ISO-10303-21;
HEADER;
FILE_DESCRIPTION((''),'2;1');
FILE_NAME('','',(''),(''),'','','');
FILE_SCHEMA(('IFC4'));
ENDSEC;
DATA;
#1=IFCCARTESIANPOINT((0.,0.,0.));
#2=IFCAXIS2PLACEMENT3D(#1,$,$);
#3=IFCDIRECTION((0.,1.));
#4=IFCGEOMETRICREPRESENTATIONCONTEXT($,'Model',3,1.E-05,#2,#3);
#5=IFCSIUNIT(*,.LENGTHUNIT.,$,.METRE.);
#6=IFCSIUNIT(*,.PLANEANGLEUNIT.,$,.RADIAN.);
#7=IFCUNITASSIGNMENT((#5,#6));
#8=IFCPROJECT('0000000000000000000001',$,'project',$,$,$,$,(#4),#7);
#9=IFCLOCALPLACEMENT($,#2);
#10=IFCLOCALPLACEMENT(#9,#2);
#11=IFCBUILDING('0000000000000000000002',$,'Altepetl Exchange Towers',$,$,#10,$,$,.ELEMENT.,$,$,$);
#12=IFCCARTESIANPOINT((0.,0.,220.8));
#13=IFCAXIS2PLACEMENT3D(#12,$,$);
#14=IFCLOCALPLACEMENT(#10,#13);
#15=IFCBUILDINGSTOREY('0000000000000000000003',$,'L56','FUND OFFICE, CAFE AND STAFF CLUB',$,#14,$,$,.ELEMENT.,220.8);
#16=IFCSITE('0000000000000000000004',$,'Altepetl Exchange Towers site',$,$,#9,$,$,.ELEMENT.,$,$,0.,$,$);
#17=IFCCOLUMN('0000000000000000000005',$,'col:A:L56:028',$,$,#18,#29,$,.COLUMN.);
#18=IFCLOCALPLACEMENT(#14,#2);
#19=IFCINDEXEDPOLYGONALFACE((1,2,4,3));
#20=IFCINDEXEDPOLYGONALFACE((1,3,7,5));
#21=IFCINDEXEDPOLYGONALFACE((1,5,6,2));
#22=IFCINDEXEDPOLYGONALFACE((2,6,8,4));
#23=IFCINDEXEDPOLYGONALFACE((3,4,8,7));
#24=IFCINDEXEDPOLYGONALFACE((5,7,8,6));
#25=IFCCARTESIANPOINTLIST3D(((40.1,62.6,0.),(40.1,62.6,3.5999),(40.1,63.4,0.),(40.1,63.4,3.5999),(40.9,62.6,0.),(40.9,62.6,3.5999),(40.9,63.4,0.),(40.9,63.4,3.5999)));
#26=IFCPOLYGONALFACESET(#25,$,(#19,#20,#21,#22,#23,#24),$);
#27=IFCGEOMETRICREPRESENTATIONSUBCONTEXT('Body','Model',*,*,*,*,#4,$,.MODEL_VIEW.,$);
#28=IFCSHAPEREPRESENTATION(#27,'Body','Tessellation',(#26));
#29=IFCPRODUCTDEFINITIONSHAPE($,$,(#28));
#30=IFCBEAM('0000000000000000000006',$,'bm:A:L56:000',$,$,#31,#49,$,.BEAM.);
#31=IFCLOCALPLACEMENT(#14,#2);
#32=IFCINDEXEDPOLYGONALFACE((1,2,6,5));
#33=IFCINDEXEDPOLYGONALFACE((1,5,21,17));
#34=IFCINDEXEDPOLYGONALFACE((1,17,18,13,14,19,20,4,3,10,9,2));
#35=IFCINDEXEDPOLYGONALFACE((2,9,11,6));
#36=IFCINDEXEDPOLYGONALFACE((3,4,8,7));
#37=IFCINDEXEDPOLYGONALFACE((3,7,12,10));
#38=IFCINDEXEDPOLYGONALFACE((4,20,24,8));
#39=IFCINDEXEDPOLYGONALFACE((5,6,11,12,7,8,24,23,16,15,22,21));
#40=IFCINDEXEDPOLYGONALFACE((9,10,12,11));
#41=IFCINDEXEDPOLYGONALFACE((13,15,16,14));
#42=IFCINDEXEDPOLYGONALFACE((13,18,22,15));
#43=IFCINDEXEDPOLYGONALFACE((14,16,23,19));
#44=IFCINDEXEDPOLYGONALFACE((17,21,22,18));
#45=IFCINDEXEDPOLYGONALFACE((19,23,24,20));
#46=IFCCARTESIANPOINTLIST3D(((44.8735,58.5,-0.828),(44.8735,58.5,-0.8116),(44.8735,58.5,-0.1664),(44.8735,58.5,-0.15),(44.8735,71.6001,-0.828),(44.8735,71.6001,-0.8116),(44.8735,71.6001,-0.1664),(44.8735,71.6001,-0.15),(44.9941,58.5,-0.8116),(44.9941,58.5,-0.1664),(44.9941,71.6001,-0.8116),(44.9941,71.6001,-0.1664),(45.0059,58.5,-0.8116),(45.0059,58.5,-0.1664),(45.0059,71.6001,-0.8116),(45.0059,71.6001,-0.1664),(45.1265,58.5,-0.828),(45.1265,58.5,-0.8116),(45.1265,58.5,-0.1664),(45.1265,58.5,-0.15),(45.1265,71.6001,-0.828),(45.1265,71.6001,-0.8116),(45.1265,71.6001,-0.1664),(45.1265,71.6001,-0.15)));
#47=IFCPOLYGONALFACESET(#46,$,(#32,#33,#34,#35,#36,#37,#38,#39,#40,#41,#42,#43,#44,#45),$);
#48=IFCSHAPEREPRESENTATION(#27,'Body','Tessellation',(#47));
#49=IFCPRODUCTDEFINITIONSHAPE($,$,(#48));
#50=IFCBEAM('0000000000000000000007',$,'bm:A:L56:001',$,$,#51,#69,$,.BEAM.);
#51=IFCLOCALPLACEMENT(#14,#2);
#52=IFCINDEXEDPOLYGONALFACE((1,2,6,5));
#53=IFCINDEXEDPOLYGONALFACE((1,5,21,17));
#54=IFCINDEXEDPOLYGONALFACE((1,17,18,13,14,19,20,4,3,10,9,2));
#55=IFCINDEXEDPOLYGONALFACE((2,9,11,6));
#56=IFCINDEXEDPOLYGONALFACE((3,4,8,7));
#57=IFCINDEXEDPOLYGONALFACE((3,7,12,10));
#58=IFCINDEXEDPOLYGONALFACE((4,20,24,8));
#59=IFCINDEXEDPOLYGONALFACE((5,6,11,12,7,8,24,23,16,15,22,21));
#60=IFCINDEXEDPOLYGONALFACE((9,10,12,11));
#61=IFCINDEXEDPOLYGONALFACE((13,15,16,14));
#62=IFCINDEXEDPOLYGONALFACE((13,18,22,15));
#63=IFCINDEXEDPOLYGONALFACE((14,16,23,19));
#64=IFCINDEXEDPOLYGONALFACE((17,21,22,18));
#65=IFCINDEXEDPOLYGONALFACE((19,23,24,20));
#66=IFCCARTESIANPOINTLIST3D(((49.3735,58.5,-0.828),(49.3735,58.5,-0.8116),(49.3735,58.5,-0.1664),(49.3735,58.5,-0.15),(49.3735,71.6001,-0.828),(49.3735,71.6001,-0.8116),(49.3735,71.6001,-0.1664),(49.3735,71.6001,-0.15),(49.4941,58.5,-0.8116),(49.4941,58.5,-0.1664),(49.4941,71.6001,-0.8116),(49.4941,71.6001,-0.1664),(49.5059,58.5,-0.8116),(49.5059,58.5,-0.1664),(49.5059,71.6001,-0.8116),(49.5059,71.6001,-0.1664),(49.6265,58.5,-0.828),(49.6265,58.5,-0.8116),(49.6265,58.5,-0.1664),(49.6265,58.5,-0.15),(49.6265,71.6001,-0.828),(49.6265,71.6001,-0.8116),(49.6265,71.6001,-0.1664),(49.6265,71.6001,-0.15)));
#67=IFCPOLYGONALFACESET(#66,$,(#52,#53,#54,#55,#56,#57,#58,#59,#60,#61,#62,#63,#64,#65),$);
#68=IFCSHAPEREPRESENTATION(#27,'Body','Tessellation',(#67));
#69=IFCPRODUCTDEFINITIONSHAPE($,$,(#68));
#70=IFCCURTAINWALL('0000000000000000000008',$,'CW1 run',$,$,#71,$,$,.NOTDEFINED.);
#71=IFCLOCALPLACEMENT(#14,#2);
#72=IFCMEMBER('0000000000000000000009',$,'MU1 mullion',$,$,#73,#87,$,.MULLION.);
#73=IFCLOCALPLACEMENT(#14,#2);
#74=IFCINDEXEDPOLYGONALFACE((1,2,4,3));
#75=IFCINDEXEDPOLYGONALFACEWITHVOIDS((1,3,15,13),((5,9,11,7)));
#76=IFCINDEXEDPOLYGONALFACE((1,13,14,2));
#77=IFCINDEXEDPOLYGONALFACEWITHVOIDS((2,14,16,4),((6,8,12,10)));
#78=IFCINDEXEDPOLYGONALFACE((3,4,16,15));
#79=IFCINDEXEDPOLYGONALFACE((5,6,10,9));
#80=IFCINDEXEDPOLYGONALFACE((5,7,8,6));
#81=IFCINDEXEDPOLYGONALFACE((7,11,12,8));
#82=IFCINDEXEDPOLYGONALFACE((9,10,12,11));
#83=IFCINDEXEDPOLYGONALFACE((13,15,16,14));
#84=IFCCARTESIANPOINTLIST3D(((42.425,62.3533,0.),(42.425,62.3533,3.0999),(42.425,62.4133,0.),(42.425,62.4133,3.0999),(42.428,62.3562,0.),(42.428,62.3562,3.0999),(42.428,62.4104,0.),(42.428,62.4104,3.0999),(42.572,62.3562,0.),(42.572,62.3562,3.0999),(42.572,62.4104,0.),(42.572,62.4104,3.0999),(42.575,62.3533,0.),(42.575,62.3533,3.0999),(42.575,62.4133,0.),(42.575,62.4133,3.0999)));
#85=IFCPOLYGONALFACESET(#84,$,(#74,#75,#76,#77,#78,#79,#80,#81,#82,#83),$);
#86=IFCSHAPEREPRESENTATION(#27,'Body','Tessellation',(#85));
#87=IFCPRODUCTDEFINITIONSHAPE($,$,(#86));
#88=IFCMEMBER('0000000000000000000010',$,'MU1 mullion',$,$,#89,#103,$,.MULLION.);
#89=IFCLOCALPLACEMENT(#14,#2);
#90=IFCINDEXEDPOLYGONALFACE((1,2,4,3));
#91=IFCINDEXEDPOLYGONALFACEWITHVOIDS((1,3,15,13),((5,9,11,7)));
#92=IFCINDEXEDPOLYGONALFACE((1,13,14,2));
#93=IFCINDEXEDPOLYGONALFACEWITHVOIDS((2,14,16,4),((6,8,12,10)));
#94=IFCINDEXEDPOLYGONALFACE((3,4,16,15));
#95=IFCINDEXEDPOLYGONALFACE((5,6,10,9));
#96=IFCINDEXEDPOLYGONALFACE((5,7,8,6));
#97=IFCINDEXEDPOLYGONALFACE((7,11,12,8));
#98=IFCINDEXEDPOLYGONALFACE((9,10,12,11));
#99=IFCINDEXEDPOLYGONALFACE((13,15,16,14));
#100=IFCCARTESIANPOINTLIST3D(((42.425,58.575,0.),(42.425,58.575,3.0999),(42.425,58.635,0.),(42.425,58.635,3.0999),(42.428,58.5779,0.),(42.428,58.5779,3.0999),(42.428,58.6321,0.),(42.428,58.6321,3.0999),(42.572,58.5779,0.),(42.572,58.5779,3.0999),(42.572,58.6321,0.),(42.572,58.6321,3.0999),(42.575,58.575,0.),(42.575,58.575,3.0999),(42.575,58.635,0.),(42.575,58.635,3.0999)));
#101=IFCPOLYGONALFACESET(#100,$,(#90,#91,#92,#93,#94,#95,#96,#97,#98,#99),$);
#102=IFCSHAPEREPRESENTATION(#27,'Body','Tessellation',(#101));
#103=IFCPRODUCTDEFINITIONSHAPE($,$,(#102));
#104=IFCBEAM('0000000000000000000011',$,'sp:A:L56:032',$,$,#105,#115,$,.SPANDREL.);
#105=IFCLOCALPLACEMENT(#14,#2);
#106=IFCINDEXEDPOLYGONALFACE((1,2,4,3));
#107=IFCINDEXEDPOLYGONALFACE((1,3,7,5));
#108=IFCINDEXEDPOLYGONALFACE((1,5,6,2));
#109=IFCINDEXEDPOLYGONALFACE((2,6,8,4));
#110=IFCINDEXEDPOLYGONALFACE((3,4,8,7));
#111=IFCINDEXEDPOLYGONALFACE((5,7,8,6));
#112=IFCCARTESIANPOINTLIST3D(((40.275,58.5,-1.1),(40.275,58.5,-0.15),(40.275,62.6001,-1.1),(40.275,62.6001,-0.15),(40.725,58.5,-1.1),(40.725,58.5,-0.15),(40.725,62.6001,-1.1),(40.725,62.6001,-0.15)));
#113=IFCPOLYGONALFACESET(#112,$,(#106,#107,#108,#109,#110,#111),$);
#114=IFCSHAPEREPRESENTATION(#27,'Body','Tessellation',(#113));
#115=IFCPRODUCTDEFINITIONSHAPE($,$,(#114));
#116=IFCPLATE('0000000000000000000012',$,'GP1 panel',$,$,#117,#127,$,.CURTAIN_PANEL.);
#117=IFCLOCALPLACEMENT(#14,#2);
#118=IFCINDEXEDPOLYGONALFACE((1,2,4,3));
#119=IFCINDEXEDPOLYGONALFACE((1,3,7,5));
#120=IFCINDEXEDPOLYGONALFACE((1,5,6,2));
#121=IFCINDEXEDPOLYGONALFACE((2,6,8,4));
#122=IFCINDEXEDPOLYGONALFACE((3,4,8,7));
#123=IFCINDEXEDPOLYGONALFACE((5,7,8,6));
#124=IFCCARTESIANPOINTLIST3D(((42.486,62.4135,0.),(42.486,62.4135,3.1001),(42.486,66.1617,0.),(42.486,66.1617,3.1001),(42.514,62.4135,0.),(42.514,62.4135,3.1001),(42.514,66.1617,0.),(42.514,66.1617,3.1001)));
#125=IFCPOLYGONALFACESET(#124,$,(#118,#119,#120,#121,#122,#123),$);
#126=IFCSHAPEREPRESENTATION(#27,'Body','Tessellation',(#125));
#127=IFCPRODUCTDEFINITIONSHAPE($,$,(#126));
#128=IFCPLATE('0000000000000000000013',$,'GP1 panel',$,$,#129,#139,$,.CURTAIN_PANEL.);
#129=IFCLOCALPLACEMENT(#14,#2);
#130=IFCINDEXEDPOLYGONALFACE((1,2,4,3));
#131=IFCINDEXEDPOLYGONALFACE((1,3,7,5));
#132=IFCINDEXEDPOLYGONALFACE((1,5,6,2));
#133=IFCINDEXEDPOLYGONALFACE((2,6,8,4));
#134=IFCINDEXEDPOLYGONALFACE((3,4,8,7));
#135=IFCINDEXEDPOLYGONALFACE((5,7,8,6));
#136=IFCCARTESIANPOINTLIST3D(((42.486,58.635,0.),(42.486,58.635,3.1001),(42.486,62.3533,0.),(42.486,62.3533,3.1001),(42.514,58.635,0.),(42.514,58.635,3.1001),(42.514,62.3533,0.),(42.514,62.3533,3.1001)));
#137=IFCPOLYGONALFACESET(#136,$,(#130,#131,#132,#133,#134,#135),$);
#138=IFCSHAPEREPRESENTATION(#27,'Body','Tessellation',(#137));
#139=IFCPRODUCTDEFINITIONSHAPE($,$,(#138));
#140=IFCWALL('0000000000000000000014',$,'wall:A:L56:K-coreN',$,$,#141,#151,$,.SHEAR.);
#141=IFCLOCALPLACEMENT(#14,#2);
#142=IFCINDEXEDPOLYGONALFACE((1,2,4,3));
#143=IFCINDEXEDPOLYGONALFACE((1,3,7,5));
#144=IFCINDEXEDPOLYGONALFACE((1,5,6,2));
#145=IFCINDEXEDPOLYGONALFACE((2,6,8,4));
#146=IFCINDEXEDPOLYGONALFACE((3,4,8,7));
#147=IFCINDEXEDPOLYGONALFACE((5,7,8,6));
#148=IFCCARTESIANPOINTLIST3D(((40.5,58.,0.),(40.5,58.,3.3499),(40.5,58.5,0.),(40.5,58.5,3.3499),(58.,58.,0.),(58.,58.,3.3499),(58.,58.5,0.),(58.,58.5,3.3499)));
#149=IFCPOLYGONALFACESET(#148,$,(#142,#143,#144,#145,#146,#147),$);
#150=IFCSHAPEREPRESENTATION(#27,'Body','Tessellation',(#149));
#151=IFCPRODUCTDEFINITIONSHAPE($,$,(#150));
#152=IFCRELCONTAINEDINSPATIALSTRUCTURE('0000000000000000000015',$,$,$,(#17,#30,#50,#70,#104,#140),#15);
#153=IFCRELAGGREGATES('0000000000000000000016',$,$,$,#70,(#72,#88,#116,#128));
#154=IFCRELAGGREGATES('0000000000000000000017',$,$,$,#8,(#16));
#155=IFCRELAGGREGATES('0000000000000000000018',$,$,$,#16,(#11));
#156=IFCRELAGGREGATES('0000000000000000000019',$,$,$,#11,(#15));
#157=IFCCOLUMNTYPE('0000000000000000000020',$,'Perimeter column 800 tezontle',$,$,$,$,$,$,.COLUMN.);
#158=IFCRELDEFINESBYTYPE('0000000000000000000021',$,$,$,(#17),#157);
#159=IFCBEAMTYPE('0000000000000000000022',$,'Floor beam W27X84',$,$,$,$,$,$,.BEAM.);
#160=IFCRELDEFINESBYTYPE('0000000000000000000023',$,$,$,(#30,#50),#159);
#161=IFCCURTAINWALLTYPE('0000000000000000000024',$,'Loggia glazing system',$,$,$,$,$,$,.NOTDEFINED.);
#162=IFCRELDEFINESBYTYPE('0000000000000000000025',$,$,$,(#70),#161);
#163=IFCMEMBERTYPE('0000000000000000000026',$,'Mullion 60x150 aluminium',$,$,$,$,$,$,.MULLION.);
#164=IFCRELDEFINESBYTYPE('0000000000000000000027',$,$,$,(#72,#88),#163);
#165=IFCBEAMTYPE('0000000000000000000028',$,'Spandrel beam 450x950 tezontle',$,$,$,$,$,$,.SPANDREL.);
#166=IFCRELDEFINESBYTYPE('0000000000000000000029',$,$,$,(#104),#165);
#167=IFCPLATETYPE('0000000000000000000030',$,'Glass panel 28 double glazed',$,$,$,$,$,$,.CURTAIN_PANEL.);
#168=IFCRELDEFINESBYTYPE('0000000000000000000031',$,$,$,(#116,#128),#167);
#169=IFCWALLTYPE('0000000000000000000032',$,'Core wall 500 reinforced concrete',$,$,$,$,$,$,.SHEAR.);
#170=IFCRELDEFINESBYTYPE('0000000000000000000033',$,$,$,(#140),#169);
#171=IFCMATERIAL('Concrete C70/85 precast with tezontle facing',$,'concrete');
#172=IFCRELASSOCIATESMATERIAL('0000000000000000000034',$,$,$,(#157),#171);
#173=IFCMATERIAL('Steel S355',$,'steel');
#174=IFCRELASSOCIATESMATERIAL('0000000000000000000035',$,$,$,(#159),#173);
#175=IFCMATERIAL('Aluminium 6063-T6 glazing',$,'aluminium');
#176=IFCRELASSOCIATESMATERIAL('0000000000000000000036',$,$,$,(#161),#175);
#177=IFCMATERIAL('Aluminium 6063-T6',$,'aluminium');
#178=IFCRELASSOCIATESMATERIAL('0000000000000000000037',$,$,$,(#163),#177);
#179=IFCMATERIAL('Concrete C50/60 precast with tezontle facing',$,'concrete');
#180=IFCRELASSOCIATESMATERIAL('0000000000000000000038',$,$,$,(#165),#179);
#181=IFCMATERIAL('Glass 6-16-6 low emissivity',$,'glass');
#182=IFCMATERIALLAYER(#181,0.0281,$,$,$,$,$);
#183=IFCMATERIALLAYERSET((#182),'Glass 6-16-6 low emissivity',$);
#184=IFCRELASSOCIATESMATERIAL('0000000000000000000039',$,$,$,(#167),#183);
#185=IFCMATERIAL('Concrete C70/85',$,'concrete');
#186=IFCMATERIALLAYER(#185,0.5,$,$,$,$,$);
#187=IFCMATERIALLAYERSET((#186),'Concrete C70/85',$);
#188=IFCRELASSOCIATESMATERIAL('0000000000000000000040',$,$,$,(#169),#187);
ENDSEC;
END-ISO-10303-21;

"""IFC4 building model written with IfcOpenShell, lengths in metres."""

from ifc_helpers import new_model, si_unit, direction, frame, frame_2d, origin, origin_2d, place, context, subcontext, project, spatial, rectangle, hollow_rectangle, i_section, extrude, material, layer, layer_set, material_profile, profile_set, type_object, element, aggregate, save


model = new_model("IFC4")

# Units and contexts
model_context = context("Model", 3, precision=1e-05, world=origin(), true_north=direction((0.0, 1.0)))
body_context = subcontext(model_context, "Body", "Model", "MODEL_VIEW")
ifc_project = project(units=[si_unit("LENGTHUNIT", "METRE"), si_unit("PLANEANGLEUNIT", "RADIAN")], contexts=[model_context])

# Site, building, storey
site_placement = place(None, origin())
site = spatial("IfcSite", under=ifc_project, at=site_placement, Name="Altepetl Exchange Towers site", CompositionType="ELEMENT", RefElevation=0.0)
building_placement = place(site_placement, origin())
building = spatial("IfcBuilding", under=site, at=building_placement, Name="Altepetl Exchange Towers", CompositionType="ELEMENT")
storey_placement = place(building_placement, frame((0.0, 0.0, 220.8)))
storey = spatial("IfcBuildingStorey", under=building, at=storey_placement, Name="L56", Description="FUND OFFICE, CAFE AND STAFF CLUB", CompositionType="ELEMENT", Elevation=220.8)

# Column
ifc_material_1 = material(Name="Concrete C70/85 precast with tezontle facing", Category="concrete")
ifc_material_profile_1 = material_profile(ifc_material_1, rectangle(XDim=0.8, YDim=0.8, at=origin_2d()), Name="800 x 800")
ifc_profile_set_1 = profile_set([ifc_material_profile_1], Name="Concrete C70/85 precast with tezontle facing")
column_type = type_object("IfcColumnType", Name="Perimeter column 800 tezontle", PredefinedType="COLUMN", material=ifc_profile_set_1)
column_placement = place(storey_placement, frame((40.5, 63.0, 0.0)))
element("IfcColumn", 1, at=column_placement, inside=storey, type_object=column_type, Name="col:A:L56:028", PredefinedType="COLUMN", context=body_context, shape_type="SweptSolid", body=[
    extrude(rectangle(XDim=0.8, YDim=0.8, at=origin_2d()), origin(), (0.0, 0.0, 1.0), 3.5999),
])

# Beams
ifc_material_2 = material(Name="Steel S355", Category="steel")
ifc_material_profile_2 = material_profile(ifc_material_2, i_section(OverallWidth=0.2529, OverallDepth=0.678, WebThickness=0.0117, FlangeThickness=0.0164, at=origin_2d()), Name="W27X84")
ifc_profile_set_2 = profile_set([ifc_material_profile_2], Name="Steel S355")
beam_type_1 = type_object("IfcBeamType", Name="Floor beam W27X84", PredefinedType="BEAM", material=ifc_profile_set_2)
for number, where, z_axis, x_axis, name in (
    (2, (45.0, 58.5, -0.489), (0.0, 1.0, 0.0), (-1.0, 0.0, 0.0), "bm:A:L56:000"),
    (3, (49.5, 58.5, -0.489), (0.0, 1.0, 0.0), (-1.0, 0.0, 0.0), "bm:A:L56:001"),
):
    element("IfcBeam", number, at=place(storey_placement, frame(where, z_axis=z_axis, x_axis=x_axis)), inside=storey, type_object=beam_type_1, Name=name, PredefinedType="BEAM", context=body_context, shape_type="SweptSolid", body=[
        extrude(i_section(OverallWidth=0.2529, OverallDepth=0.678, WebThickness=0.0117, FlangeThickness=0.0164, at=origin_2d()), origin(), (0.0, 0.0, 1.0), 13.1001),
    ])

# Curtain wall, members
ifc_material_3 = material(Name="Aluminium 6063-T6 glazing", Category="aluminium")
curtain_wall_type = type_object("IfcCurtainWallType", Name="Loggia glazing system", PredefinedType="NOTDEFINED", material=ifc_material_3)
curtain_wall_placement = place(storey_placement, origin())
curtain_wall = element("IfcCurtainWall", 4, at=curtain_wall_placement, inside=storey, type_object=curtain_wall_type, Name="CW1 run", PredefinedType="NOTDEFINED")
ifc_material_4 = material(Name="Aluminium 6063-T6", Category="aluminium")
ifc_material_profile_3 = material_profile(ifc_material_4, hollow_rectangle(XDim=0.0601, YDim=0.1499, WallThickness=0.0029, at=origin_2d()), Name="Mullion 60x150 aluminium")
ifc_profile_set_3 = profile_set([ifc_material_profile_3], Name="Aluminium 6063-T6")
member_type = type_object("IfcMemberType", Name="Mullion 60x150 aluminium", PredefinedType="MULLION", material=ifc_profile_set_3)
member_1_placement = place(storey_placement, frame((42.5, 62.3833, 0.0), z_axis=(0.0, 0.0, 1.0), x_axis=(0.0, -1.0, 0.0)))
member_1 = element("IfcMember", 5, at=member_1_placement, type_object=member_type, Name="MU1 mullion", PredefinedType="MULLION", context=body_context, shape_type="SweptSolid", body=[
    extrude(hollow_rectangle(XDim=0.0601, YDim=0.1499, WallThickness=0.0029, at=origin_2d()), origin(), (0.0, 0.0, 1.0), 3.0999),
])
member_2_placement = place(storey_placement, frame((42.5, 58.605, 0.0), z_axis=(0.0, 0.0, 1.0), x_axis=(0.0, -1.0, 0.0)))
member_2 = element("IfcMember", 6, at=member_2_placement, type_object=member_type, Name="MU1 mullion", PredefinedType="MULLION", context=body_context, shape_type="SweptSolid", body=[
    extrude(hollow_rectangle(XDim=0.0601, YDim=0.1499, WallThickness=0.0029, at=origin_2d()), origin(), (0.0, 0.0, 1.0), 3.0999),
])

# Beam
ifc_material_5 = material(Name="Concrete C50/60 precast with tezontle facing", Category="concrete")
ifc_material_profile_4 = material_profile(ifc_material_5, rectangle(XDim=0.45, YDim=0.95, at=origin_2d()), Name="450 x 950")
ifc_profile_set_4 = profile_set([ifc_material_profile_4], Name="Concrete C50/60 precast with tezontle facing")
beam_type_2 = type_object("IfcBeamType", Name="Spandrel beam 450x950 tezontle", PredefinedType="SPANDREL", material=ifc_profile_set_4)
beam_placement = place(storey_placement, frame((40.5, 62.6001, -0.625), z_axis=(0.0, -1.0, 0.0), x_axis=(1.0, 0.0, 0.0)))
element("IfcBeam", 7, at=beam_placement, inside=storey, type_object=beam_type_2, Name="sp:A:L56:032", PredefinedType="SPANDREL", context=body_context, shape_type="SweptSolid", body=[
    extrude(rectangle(XDim=0.45, YDim=0.95, at=origin_2d()), origin(), (0.0, 0.0, 1.0), 4.1001),
])

# Plates
ifc_material_6 = material(Name="Glass 6-16-6 low emissivity", Category="glass")
ifc_layer_1 = layer(ifc_material_6, 0.0281)
ifc_layer_set_1 = layer_set([ifc_layer_1], Name="Glass 6-16-6 low emissivity")
plate_type = type_object("IfcPlateType", Name="Glass panel 28 double glazed", PredefinedType="CURTAIN_PANEL", material=ifc_layer_set_1)
plate_1_placement = place(storey_placement, frame((42.5, 64.2876, 0.0), z_axis=(0.0, 0.0, 1.0), x_axis=(0.0, -1.0, 0.0)))
plate_1 = element("IfcPlate", 8, at=plate_1_placement, type_object=plate_type, Name="GP1 panel", PredefinedType="CURTAIN_PANEL", context=body_context, shape_type="SweptSolid", body=[
    extrude(rectangle(XDim=3.7483, YDim=0.0281, at=origin_2d()), origin(), (0.0, 0.0, 1.0), 3.1001),
])
plate_2_placement = place(storey_placement, frame((42.5, 60.4941, 0.0), z_axis=(0.0, 0.0, 1.0), x_axis=(0.0, -1.0, 0.0)))
plate_2 = element("IfcPlate", 9, at=plate_2_placement, type_object=plate_type, Name="GP1 panel", PredefinedType="CURTAIN_PANEL", context=body_context, shape_type="SweptSolid", body=[
    extrude(rectangle(XDim=3.7183, YDim=0.0281, at=origin_2d()), origin(), (0.0, 0.0, 1.0), 3.1001),
])
aggregate(curtain_wall, [member_1, member_2, plate_1, plate_2])

# Wall
ifc_material_7 = material(Name="Concrete C70/85", Category="concrete")
ifc_layer_2 = layer(ifc_material_7, 0.5)
ifc_layer_set_2 = layer_set([ifc_layer_2], Name="Concrete C70/85")
wall_type_1 = type_object("IfcWallType", Name="Core wall 500 reinforced concrete", PredefinedType="SHEAR", material=ifc_layer_set_2)
wall_1_placement = place(storey_placement, frame((40.5, 58.25, 0.0)))
element("IfcWall", 10, at=wall_1_placement, inside=storey, type_object=wall_type_1, Name="wall:A:L56:K-coreN", PredefinedType="SHEAR", context=body_context, shape_type="SweptSolid", body=[
    extrude(rectangle(XDim=17.5, YDim=0.5, at=frame_2d((8.75, 0.0))), origin(), (0.0, 0.0, 1.0), 3.3499),
])

save(model, "model.ifc")
